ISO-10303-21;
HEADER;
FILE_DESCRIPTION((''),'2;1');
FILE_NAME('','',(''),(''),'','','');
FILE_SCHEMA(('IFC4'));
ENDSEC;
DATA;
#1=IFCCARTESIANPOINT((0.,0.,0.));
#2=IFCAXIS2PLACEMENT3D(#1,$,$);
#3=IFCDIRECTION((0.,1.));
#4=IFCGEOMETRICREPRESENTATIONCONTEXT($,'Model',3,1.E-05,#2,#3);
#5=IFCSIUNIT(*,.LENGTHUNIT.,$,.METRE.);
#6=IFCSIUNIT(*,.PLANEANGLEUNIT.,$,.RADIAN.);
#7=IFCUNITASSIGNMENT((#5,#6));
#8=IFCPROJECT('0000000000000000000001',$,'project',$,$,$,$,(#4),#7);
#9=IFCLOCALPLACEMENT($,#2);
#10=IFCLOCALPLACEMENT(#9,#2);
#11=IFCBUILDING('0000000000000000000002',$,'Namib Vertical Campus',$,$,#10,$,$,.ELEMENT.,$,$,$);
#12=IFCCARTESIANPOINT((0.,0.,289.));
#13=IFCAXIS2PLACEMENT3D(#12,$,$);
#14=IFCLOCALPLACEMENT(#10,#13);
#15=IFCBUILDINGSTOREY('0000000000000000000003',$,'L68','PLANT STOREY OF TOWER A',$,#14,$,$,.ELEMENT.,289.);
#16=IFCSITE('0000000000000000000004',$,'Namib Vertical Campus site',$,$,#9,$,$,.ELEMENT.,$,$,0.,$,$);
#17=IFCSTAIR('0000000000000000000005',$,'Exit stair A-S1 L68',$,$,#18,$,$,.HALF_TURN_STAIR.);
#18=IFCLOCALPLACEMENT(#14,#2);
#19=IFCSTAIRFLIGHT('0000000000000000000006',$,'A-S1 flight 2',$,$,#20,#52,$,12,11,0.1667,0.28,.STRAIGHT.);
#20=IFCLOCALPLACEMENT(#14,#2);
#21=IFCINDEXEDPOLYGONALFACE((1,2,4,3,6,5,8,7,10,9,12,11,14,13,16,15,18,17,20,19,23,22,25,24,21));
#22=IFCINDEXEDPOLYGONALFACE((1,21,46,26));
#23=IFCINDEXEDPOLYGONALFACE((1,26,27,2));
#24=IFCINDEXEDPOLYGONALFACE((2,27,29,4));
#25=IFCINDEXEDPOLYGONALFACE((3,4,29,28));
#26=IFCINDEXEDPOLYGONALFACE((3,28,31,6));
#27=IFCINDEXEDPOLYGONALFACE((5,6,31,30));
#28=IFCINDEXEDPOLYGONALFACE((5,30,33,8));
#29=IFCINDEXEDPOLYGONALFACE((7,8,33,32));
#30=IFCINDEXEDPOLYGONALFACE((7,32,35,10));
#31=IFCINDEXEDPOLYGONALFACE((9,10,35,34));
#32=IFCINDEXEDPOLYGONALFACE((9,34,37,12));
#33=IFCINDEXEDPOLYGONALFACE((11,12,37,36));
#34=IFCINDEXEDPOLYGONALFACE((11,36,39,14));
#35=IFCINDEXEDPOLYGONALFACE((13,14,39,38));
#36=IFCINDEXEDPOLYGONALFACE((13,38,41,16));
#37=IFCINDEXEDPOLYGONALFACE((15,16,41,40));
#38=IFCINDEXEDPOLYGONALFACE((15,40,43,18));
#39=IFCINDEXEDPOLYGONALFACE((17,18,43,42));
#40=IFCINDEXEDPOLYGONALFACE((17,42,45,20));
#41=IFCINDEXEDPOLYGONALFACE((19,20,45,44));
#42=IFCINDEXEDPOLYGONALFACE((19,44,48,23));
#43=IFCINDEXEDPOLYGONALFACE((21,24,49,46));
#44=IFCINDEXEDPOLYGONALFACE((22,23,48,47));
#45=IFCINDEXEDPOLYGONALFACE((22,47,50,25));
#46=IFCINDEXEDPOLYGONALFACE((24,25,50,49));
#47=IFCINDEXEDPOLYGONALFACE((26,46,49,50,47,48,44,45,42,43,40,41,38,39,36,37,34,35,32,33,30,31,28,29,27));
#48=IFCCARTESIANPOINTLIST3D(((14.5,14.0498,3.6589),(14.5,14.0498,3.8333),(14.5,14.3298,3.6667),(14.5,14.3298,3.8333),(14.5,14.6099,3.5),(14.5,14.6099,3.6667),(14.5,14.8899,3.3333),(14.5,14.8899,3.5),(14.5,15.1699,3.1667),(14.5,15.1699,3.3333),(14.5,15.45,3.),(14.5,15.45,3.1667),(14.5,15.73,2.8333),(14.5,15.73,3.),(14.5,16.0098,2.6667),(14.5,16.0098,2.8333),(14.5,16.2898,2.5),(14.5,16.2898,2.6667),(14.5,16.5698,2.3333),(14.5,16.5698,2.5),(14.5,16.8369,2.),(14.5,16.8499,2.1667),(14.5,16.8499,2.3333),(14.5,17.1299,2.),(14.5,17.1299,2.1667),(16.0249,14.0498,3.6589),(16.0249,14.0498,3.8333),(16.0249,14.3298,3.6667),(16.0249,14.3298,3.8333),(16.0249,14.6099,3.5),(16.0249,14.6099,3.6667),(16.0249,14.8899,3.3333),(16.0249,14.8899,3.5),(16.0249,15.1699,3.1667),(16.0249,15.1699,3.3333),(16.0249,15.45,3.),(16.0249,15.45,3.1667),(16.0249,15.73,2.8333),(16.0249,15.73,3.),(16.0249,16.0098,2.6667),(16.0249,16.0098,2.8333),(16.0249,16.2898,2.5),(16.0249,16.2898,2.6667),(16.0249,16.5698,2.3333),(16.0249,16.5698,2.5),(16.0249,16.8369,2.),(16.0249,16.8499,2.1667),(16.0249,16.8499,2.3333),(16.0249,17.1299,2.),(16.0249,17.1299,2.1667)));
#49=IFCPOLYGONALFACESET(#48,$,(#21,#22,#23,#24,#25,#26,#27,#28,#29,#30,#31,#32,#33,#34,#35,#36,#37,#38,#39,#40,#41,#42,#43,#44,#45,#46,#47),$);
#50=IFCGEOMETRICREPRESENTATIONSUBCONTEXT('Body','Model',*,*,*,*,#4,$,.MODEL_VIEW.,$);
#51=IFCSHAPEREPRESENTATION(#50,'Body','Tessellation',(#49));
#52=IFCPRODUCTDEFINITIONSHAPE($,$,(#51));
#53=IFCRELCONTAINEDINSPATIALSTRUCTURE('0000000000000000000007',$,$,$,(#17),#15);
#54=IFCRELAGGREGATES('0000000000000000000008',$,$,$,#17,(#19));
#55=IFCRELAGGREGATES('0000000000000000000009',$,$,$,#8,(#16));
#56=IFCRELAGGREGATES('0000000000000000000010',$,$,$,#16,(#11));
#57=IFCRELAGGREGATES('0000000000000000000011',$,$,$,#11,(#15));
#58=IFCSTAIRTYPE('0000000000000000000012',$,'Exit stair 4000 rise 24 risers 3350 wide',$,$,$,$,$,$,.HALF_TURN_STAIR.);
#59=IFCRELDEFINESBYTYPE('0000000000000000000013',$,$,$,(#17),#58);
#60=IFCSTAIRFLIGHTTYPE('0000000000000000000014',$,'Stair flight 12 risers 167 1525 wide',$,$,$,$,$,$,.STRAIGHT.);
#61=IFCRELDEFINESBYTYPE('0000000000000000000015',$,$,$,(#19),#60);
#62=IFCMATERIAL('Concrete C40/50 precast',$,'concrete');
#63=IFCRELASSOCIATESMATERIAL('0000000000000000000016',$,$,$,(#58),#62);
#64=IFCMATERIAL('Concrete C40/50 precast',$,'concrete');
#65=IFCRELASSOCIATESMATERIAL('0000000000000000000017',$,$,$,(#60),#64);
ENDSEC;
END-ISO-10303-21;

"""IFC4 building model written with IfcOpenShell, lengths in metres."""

from ifc_helpers import new_model, si_unit, direction, frame, origin, place, context, subcontext, project, spatial, polyline, outline, extrude, material, type_object, element, aggregate, save


model = new_model("IFC4")

# Units and contexts
model_context = context("Model", 3, precision=1e-05, world=origin(), true_north=direction((0.0, 1.0)))
body_context = subcontext(model_context, "Body", "Model", "MODEL_VIEW")
ifc_project = project(units=[si_unit("LENGTHUNIT", "METRE"), si_unit("PLANEANGLEUNIT", "RADIAN")], contexts=[model_context])

# Site, building, storey
site_placement = place(None, origin())
site = spatial("IfcSite", under=ifc_project, at=site_placement, Name="Namib Vertical Campus site", CompositionType="ELEMENT", RefElevation=0.0)
building_placement = place(site_placement, origin())
building = spatial("IfcBuilding", under=site, at=building_placement, Name="Namib Vertical Campus", CompositionType="ELEMENT")
storey_placement = place(building_placement, frame((0.0, 0.0, 289.0)))
storey = spatial("IfcBuildingStorey", under=building, at=storey_placement, Name="L68", Description="PLANT STOREY OF TOWER A", CompositionType="ELEMENT", Elevation=289.0)

# Stair, stair flight
ifc_material_1 = material(Name="Concrete C40/50 precast", Category="concrete")
stair_type = type_object("IfcStairType", Name="Exit stair 4000 rise 24 risers 3350 wide", PredefinedType="HALF_TURN_STAIR", material=ifc_material_1)
stair_placement = place(storey_placement, origin())
stair = element("IfcStair", 1, at=stair_placement, inside=storey, type_object=stair_type, Name="Exit stair A-S1 L68", PredefinedType="HALF_TURN_STAIR")
ifc_material_2 = material(Name="Concrete C40/50 precast", Category="concrete")
stair_flight_type = type_object("IfcStairFlightType", Name="Stair flight 12 risers 167 1525 wide", PredefinedType="STRAIGHT", material=ifc_material_2)
stair_flight_placement = place(storey_placement, frame((15.2625, 17.1299, 2.0), z_axis=(0.0, 0.0, 1.0), x_axis=(0.0, -1.0, 0.0)))
stair_flight = element("IfcStairFlight", 2, at=stair_flight_placement, type_object=stair_flight_type, Name="A-S1 flight 2", NumberOfRisers=12, NumberOfTreads=11, PredefinedType="STRAIGHT", RiserHeight=0.1667, TreadLength=0.28, context=body_context, shape_type="SweptSolid", body=[
    extrude(outline(polyline([(0.0, 0.0), (0.0, 0.1667), (0.28, 0.1667), (0.28, 0.3333), (0.5601, 0.3333), (0.5601, 0.5), (0.8401, 0.5), (0.8401, 0.6667), (1.1201, 0.6667), (1.1201, 0.8333), (1.3999, 0.8333), (1.3999, 1.0), (1.6799, 1.0), (1.6799, 1.1667), (1.96, 1.1667), (1.96, 1.3333), (2.24, 1.3333), (2.24, 1.5), (2.52, 1.5), (2.52, 1.6667), (2.8, 1.6667), (2.8, 1.8333), (3.0801, 1.8333), (3.0801, 2.0), (3.0801, 1.6589), (0.293, 0.0), (0.0, 0.0)])), frame((0.0, 0.7625, 0.0), z_axis=(0.0, -1.0, 0.0), x_axis=(1.0, 0.0, 0.0)), (0.0, 0.0, 1.0), 1.5249),
])
aggregate(stair, [stair_flight])

save(model, "model.ifc")
